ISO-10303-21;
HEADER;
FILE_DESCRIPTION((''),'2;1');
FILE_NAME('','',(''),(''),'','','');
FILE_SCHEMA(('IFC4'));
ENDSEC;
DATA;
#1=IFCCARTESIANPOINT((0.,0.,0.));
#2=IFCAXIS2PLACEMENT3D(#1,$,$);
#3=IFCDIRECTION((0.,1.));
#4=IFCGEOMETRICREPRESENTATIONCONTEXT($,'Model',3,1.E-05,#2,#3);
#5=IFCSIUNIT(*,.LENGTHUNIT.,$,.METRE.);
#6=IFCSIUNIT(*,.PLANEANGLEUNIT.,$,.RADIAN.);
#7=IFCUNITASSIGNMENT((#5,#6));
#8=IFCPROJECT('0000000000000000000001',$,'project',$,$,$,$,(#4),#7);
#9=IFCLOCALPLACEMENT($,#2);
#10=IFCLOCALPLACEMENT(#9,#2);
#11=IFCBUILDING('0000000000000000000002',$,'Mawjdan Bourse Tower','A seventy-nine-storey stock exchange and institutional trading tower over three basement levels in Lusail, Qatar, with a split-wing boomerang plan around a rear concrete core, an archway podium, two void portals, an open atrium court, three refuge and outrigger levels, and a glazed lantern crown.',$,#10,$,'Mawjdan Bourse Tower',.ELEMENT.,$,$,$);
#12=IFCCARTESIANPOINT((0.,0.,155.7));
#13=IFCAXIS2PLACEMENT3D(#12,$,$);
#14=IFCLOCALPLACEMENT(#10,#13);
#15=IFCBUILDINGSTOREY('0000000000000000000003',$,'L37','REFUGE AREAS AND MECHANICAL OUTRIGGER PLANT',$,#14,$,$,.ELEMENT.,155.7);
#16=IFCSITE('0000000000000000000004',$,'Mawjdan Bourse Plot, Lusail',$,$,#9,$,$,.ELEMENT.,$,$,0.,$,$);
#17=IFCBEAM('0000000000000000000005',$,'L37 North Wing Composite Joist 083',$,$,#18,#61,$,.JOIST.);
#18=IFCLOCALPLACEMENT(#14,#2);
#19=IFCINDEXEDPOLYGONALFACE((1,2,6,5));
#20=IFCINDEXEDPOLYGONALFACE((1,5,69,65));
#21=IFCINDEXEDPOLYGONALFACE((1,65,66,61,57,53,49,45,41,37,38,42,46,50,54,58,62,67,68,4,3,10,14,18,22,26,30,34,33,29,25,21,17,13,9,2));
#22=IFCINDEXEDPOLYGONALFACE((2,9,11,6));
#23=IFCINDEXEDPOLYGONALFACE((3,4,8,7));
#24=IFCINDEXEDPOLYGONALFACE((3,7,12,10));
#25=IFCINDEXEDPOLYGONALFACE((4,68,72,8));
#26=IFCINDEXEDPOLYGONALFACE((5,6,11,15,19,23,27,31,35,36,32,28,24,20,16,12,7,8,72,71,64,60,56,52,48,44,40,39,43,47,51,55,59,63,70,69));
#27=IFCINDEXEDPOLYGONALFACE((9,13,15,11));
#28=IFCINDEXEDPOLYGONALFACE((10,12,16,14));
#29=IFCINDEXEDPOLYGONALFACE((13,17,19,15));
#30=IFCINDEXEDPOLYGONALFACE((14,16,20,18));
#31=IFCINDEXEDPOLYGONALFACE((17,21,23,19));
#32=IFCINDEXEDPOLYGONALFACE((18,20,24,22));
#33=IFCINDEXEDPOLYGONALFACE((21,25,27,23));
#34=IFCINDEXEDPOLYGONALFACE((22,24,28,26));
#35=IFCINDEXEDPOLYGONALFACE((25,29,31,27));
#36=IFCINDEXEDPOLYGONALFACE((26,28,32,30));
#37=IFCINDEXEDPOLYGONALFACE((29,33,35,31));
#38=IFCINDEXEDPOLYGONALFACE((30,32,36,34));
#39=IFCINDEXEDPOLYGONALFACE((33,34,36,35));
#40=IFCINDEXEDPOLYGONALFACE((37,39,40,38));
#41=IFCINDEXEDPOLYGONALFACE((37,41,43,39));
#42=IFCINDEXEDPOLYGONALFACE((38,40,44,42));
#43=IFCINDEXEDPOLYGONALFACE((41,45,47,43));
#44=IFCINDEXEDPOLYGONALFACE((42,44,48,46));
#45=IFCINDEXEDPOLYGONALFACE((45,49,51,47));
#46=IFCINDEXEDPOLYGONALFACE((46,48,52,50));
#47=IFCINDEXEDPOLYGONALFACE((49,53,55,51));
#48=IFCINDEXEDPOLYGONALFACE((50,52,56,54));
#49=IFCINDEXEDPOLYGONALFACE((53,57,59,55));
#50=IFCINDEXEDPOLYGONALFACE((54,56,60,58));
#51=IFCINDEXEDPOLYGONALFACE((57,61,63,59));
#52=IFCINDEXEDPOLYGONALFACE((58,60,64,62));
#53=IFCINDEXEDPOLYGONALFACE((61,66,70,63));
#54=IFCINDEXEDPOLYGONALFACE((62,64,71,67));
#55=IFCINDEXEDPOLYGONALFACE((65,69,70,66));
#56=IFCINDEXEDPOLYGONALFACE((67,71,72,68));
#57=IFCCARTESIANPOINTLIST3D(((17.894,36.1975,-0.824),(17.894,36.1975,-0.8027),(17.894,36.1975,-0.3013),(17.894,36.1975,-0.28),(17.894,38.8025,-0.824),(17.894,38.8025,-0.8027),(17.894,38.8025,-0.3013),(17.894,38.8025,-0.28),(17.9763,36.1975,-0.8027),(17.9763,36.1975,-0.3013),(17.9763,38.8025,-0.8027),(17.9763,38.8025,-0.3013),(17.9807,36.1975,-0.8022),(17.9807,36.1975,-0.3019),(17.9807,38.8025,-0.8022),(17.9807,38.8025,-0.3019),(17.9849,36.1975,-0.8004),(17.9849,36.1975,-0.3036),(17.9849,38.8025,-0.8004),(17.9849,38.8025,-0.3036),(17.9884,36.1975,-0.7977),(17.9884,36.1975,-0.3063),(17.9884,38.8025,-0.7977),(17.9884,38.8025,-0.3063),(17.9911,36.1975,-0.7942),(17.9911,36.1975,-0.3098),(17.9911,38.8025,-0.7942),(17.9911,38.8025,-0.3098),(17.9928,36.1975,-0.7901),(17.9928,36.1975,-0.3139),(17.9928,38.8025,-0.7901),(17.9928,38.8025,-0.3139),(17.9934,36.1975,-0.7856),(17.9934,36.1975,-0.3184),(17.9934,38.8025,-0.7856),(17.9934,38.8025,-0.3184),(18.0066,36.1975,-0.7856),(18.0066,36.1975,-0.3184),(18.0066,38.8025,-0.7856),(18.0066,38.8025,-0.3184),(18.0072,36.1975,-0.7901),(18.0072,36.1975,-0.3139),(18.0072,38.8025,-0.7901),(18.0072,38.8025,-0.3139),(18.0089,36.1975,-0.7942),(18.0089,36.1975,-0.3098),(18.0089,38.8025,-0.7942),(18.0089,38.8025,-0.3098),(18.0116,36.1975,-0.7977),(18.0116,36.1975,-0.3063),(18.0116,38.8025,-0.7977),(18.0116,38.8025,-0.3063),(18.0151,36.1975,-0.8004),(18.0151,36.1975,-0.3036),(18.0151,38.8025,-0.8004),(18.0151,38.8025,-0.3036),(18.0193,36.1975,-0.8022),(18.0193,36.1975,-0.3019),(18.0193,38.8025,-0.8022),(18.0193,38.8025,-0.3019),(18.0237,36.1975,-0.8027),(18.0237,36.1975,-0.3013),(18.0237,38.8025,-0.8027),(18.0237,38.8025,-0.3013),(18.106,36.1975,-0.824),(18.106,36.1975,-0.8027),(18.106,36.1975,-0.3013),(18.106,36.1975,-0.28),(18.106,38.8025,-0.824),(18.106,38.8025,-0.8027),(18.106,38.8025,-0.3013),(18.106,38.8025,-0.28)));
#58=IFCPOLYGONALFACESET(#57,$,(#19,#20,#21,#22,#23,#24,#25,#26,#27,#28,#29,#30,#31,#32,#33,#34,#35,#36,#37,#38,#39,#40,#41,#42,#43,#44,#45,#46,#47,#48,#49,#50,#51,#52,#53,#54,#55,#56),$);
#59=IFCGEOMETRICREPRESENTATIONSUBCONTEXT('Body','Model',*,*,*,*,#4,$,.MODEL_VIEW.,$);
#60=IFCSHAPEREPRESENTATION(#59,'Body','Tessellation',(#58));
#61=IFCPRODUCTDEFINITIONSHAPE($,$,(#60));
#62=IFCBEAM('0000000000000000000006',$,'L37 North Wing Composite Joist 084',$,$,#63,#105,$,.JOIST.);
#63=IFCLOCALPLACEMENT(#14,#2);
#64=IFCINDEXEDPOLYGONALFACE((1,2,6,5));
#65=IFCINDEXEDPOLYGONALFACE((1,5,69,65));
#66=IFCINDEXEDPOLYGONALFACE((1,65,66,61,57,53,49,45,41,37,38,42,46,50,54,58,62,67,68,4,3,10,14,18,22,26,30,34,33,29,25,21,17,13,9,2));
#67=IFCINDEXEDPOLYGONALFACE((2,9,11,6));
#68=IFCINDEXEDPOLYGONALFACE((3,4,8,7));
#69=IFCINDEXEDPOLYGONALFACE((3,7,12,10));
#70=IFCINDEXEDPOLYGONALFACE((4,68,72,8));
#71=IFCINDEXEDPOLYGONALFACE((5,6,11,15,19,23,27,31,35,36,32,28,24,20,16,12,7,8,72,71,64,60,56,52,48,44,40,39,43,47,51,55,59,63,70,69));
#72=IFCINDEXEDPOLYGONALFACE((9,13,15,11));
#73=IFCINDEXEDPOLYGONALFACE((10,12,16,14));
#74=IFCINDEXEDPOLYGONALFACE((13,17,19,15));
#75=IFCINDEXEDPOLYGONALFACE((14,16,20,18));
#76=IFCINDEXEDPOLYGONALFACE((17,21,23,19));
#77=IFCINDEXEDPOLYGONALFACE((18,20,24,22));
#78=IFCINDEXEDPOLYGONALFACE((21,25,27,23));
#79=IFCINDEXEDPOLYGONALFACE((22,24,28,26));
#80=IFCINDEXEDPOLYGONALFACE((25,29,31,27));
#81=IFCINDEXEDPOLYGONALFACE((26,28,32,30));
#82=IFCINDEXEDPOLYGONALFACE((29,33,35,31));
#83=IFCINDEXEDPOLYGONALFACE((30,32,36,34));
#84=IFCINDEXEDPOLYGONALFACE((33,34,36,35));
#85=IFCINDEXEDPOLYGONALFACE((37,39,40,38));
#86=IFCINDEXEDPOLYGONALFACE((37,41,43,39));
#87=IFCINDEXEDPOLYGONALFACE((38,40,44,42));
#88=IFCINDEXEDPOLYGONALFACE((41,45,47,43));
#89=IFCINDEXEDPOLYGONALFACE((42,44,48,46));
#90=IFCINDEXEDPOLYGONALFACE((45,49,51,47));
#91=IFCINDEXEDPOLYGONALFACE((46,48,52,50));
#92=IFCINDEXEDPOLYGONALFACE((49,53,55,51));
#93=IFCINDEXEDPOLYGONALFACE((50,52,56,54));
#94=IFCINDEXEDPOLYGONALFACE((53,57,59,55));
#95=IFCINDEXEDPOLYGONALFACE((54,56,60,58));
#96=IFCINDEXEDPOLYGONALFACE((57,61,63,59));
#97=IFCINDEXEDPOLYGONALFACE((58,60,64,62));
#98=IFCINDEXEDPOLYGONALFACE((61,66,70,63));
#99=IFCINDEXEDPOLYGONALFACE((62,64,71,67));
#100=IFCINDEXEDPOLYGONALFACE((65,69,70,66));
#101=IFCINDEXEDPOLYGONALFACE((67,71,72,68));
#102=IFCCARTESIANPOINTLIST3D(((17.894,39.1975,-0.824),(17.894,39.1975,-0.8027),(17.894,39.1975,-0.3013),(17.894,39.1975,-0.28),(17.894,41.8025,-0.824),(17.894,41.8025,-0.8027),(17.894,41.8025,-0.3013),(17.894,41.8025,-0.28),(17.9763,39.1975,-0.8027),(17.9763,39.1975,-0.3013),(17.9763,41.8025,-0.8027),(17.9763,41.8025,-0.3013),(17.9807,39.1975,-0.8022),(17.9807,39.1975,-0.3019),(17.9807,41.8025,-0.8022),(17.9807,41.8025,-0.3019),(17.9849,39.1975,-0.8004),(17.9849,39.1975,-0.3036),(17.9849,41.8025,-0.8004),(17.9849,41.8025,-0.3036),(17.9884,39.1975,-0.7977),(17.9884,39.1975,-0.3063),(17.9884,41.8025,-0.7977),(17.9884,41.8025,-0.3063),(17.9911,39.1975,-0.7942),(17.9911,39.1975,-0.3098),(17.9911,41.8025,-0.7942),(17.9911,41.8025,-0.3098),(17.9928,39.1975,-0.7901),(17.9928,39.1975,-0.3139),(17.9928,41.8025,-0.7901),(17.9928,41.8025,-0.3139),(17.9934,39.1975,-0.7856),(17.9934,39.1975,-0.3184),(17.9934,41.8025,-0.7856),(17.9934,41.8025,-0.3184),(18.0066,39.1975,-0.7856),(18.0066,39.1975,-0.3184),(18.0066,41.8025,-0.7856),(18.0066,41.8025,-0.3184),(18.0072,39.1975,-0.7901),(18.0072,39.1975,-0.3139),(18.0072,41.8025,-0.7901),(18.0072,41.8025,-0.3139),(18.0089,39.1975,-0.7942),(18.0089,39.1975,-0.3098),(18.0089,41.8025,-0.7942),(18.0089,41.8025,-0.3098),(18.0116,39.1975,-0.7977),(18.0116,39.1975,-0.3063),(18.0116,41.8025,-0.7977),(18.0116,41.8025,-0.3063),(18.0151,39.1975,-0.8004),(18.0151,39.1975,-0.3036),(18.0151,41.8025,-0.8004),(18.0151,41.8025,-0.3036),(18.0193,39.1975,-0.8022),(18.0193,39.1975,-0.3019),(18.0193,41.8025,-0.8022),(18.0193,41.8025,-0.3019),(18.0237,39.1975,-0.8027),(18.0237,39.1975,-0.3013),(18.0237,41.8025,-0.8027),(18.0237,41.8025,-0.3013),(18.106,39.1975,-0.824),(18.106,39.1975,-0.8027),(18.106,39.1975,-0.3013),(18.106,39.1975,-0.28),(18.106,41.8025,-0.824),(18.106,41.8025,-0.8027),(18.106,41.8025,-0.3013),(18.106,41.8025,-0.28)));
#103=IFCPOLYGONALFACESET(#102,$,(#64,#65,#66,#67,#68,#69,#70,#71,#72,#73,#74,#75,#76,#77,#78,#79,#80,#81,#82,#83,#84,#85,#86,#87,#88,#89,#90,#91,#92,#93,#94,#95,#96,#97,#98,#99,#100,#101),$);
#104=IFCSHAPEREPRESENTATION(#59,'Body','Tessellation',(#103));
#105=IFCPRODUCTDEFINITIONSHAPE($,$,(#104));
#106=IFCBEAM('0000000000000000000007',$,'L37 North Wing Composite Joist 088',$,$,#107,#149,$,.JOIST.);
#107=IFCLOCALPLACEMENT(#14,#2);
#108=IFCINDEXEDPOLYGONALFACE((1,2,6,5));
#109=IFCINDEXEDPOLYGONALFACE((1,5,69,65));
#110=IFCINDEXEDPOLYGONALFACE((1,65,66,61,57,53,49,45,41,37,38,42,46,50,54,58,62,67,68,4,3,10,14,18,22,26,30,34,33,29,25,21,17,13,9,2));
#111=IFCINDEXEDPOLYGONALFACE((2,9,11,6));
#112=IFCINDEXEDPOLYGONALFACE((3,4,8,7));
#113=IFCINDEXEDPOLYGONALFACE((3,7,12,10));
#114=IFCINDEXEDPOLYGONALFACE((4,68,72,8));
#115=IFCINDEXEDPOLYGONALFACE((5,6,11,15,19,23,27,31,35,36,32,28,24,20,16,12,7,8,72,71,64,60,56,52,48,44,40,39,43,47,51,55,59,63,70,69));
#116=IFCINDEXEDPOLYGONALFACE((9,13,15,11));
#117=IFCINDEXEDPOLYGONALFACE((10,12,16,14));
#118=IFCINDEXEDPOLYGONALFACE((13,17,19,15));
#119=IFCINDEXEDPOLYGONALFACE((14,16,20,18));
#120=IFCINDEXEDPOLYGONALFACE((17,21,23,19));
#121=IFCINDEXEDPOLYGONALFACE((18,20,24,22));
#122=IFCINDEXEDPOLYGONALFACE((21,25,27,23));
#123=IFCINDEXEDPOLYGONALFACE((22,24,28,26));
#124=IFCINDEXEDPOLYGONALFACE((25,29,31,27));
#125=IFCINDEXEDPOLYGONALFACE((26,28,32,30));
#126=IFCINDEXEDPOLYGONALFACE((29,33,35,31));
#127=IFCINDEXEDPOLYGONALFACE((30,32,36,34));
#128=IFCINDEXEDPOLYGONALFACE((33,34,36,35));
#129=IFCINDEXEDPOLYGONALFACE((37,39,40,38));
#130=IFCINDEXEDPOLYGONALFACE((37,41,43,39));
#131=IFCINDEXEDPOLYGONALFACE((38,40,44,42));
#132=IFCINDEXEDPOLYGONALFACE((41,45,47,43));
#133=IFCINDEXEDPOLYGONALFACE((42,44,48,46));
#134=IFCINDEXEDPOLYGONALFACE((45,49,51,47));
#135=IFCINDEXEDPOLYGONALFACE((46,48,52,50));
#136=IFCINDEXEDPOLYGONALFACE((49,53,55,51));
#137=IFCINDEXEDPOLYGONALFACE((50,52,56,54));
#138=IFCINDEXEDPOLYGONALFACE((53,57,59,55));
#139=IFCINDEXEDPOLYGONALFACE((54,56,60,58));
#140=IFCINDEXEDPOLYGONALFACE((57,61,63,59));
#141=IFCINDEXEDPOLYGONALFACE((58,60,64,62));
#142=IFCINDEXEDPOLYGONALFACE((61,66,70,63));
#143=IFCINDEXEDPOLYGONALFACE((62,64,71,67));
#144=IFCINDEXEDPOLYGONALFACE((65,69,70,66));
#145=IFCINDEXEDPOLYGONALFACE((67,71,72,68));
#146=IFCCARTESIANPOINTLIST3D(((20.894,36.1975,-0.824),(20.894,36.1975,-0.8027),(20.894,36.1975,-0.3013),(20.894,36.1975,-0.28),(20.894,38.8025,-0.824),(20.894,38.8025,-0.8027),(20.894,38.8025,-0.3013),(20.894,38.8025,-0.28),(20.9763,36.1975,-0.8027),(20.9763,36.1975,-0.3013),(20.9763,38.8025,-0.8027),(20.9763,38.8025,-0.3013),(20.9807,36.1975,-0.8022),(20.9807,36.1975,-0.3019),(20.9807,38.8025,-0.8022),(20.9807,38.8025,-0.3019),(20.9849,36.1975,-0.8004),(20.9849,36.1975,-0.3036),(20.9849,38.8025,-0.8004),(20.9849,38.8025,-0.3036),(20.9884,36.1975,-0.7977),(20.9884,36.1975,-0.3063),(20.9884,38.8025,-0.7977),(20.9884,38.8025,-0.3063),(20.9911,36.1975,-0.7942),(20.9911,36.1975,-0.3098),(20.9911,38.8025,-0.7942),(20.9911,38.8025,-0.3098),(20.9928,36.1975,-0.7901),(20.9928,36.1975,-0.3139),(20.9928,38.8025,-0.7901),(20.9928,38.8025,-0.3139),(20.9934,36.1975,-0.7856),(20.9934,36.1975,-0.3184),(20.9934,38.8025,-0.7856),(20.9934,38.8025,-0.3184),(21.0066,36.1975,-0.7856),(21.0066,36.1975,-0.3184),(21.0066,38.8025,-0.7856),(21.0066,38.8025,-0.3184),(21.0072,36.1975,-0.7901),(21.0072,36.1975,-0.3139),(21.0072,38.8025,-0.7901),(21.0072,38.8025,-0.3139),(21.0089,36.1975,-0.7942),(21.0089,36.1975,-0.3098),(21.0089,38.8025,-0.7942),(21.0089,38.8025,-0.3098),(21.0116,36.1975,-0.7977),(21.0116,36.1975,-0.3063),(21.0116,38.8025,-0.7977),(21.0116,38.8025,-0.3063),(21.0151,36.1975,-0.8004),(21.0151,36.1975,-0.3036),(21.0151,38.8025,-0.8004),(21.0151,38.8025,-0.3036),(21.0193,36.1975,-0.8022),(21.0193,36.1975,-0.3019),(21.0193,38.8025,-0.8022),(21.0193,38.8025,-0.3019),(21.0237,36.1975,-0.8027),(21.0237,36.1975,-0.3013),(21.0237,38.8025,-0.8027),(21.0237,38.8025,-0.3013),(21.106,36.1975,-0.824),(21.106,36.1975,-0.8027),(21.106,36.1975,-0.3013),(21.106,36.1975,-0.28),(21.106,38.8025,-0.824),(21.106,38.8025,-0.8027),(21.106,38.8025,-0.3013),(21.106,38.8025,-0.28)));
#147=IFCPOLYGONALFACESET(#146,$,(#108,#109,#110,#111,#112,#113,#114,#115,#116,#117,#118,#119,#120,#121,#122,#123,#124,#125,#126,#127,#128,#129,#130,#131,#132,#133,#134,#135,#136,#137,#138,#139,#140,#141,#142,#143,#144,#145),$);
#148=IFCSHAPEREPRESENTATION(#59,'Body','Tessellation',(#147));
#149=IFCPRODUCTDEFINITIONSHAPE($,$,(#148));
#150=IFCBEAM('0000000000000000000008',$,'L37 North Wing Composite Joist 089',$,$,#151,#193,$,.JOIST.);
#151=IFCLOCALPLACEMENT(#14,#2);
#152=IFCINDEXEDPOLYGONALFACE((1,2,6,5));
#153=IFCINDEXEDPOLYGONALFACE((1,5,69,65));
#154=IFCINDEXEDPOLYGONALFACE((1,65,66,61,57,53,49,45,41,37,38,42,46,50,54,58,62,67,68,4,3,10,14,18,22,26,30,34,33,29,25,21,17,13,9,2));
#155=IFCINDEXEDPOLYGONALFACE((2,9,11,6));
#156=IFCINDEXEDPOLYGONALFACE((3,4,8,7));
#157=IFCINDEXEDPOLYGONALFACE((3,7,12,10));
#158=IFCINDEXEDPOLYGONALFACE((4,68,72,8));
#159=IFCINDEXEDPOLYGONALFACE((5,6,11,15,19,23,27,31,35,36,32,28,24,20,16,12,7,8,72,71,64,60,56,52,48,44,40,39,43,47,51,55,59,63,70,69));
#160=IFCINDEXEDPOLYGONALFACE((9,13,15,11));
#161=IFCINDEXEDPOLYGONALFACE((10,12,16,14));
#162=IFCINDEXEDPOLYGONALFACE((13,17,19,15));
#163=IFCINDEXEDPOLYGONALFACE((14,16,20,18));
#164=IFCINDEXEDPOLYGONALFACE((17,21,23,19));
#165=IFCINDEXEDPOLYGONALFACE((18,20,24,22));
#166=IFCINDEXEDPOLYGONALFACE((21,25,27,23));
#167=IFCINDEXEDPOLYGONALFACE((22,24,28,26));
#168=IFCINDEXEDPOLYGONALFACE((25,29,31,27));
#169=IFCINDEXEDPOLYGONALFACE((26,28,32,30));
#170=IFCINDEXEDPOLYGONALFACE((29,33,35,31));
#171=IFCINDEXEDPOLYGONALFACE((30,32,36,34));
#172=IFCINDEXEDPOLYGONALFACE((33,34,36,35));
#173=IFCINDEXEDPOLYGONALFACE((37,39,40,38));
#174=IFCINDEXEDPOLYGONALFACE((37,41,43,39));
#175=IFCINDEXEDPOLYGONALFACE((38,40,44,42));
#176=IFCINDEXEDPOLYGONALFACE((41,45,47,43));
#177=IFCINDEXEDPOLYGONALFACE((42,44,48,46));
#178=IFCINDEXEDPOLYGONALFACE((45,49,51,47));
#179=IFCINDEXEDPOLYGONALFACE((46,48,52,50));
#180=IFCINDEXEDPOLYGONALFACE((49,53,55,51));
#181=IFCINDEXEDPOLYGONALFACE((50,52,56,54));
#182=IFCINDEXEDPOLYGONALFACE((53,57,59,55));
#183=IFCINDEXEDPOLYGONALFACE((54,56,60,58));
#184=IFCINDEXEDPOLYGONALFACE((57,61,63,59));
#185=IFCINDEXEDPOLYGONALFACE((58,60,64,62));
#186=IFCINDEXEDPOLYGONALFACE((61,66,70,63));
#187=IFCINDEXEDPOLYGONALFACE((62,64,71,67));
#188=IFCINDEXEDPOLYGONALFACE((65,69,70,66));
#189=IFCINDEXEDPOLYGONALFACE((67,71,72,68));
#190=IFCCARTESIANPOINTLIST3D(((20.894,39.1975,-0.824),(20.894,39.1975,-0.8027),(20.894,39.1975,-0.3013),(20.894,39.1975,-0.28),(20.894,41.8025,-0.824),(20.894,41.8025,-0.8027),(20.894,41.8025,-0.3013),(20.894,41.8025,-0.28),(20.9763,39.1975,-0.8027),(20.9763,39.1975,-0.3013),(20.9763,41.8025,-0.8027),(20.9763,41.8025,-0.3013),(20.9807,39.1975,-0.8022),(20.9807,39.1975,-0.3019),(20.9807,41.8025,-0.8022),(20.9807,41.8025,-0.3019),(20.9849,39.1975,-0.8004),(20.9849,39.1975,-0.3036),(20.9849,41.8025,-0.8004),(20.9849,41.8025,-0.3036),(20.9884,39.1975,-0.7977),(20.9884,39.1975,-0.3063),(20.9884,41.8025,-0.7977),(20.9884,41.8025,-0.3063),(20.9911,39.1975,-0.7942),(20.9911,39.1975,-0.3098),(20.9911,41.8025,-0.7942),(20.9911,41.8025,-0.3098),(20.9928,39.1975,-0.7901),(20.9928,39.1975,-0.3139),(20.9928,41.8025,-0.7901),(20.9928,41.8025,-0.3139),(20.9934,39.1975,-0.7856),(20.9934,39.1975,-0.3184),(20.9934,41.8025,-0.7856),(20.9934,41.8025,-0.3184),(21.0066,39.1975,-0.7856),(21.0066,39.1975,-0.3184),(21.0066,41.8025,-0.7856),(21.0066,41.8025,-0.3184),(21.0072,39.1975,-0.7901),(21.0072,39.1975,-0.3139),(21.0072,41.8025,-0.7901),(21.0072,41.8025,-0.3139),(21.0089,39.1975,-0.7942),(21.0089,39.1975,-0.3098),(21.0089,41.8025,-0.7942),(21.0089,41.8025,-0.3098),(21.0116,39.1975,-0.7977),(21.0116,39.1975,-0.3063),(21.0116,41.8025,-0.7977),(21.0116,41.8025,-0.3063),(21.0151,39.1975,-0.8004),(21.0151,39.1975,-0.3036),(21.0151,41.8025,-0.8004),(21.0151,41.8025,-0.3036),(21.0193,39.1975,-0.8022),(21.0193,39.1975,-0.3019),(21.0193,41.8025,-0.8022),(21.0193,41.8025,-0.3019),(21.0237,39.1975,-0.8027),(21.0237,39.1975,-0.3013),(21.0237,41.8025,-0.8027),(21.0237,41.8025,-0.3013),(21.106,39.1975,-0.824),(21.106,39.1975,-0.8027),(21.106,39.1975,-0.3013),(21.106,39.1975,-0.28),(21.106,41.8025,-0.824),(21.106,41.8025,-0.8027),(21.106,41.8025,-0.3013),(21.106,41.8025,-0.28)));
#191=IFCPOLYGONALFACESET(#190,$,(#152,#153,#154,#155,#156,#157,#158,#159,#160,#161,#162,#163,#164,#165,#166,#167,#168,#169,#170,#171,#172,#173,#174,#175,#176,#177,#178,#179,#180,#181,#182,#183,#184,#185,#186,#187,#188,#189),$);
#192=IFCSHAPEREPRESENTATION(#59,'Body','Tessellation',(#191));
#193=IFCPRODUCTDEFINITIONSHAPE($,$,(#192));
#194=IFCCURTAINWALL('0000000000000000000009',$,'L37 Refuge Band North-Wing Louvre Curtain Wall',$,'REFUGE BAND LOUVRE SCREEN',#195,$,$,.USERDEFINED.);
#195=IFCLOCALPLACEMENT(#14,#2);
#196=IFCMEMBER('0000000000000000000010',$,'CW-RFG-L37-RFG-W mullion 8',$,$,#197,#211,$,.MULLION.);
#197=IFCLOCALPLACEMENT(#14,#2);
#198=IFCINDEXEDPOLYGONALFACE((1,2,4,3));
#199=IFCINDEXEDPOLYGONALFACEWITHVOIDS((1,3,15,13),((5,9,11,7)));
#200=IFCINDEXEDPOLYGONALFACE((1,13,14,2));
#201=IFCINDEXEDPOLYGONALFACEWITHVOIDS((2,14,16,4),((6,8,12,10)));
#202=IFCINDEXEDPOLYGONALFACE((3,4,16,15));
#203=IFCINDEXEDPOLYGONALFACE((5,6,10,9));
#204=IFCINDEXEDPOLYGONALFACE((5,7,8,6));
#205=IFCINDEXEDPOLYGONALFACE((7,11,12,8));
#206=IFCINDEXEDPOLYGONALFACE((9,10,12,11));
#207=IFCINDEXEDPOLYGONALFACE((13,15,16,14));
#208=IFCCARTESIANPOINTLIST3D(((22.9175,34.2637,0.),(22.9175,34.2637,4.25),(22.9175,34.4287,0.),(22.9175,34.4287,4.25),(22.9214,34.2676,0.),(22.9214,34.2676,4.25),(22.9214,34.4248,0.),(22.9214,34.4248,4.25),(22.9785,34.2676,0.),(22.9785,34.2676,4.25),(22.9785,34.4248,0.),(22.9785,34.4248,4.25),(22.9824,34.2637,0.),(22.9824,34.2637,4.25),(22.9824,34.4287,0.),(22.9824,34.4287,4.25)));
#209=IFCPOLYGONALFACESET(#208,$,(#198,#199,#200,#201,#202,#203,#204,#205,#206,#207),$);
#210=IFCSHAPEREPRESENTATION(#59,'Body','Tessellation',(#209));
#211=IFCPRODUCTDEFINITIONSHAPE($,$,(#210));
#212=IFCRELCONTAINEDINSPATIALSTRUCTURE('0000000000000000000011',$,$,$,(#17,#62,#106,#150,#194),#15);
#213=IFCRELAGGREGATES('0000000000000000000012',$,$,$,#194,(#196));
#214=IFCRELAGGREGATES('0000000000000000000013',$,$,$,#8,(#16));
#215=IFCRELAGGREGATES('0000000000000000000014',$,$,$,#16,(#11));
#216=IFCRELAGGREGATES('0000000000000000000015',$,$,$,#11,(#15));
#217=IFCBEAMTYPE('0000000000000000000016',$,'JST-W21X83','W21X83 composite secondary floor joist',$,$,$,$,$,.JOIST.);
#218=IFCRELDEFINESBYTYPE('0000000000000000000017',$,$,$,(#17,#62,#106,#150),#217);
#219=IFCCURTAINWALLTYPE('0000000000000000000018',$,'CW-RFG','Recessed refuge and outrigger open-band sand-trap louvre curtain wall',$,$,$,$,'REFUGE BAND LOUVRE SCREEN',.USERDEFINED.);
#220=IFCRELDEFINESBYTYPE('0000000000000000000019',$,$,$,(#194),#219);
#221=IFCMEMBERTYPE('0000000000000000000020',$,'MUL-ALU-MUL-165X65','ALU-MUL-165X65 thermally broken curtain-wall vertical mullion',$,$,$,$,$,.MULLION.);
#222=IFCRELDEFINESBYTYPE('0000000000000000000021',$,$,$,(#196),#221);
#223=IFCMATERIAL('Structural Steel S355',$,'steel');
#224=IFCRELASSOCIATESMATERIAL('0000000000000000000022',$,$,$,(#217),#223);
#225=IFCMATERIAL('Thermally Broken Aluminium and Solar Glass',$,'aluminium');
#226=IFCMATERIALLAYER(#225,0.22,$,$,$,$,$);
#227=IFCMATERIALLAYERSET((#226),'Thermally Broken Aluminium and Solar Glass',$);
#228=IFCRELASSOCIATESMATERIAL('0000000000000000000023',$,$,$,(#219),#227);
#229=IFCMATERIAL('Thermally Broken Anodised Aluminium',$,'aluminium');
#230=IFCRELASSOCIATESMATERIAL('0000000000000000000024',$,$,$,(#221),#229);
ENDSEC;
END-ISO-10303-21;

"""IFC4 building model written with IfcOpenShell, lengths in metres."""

from ifc_helpers import new_model, si_unit, direction, frame, origin, origin_2d, place, context, subcontext, project, spatial, hollow_rectangle, i_section, extrude, material, layer, layer_set, material_profile, profile_set, type_object, element, aggregate, save


model = new_model("IFC4")

# Units and contexts
model_context = context("Model", 3, precision=1e-05, world=origin(), true_north=direction((0.0, 1.0)))
body_context = subcontext(model_context, "Body", "Model", "MODEL_VIEW")
ifc_project = project(units=[si_unit("LENGTHUNIT", "METRE"), si_unit("PLANEANGLEUNIT", "RADIAN")], contexts=[model_context])

# Site, building, storey
site_placement = place(None, origin())
site = spatial("IfcSite", under=ifc_project, at=site_placement, Name="Mawjdan Bourse Plot, Lusail", CompositionType="ELEMENT", RefElevation=0.0)
building_placement = place(site_placement, origin())
building = spatial("IfcBuilding", under=site, at=building_placement, Name="Mawjdan Bourse Tower", Description="A seventy-nine-storey stock exchange and institutional trading tower over three basement levels in Lusail, Qatar, with a split-wing boomerang plan around a rear concrete core, an archway podium, two void portals, an open atrium court, three refuge and outrigger levels, and a glazed lantern crown.", LongName="Mawjdan Bourse Tower", CompositionType="ELEMENT")
storey_placement = place(building_placement, frame((0.0, 0.0, 155.7)))
storey = spatial("IfcBuildingStorey", under=building, at=storey_placement, Name="L37", Description="REFUGE AREAS AND MECHANICAL OUTRIGGER PLANT", CompositionType="ELEMENT", Elevation=155.7)

# Beams
ifc_material_1 = material(Name="Structural Steel S355", Category="steel")
ifc_material_profile_1 = material_profile(ifc_material_1, i_section(OverallWidth=0.2119, OverallDepth=0.5439, WebThickness=0.0132, FlangeThickness=0.0212, FilletRadius=0.0171, at=origin_2d()), Name="W21X83")
ifc_profile_set_1 = profile_set([ifc_material_profile_1], Name="Structural Steel S355")
beam_type_1 = type_object("IfcBeamType", Name="JST-W21X83", Description="W21X83 composite secondary floor joist", PredefinedType="JOIST", material=ifc_profile_set_1)
for number, where, z_axis, x_axis, name in (
    (1, (18.0, 36.1975, -0.552), (0.0, 1.0, 0.0), (-1.0, 0.0, 0.0), "L37 North Wing Composite Joist 083"),
    (2, (18.0, 39.1975, -0.552), (0.0, 1.0, 0.0), (-1.0, 0.0, 0.0), "L37 North Wing Composite Joist 084"),
    (3, (21.0, 36.1975, -0.552), (0.0, 1.0, 0.0), (-1.0, 0.0, 0.0), "L37 North Wing Composite Joist 088"),
    (4, (21.0, 39.1975, -0.552), (0.0, 1.0, 0.0), (-1.0, 0.0, 0.0), "L37 North Wing Composite Joist 089"),
):
    element("IfcBeam", number, at=place(storey_placement, frame(where, z_axis=z_axis, x_axis=x_axis)), inside=storey, type_object=beam_type_1, Name=name, PredefinedType="JOIST", context=body_context, shape_type="SweptSolid", body=[
        extrude(i_section(OverallWidth=0.2119, OverallDepth=0.5439, WebThickness=0.0132, FlangeThickness=0.0212, FilletRadius=0.0171, at=origin_2d()), origin(), (0.0, 0.0, 1.0), 2.605),
    ])

# Curtain wall, member
ifc_material_2 = material(Name="Thermally Broken Aluminium and Solar Glass", Category="aluminium")
ifc_layer_1 = layer(ifc_material_2, 0.22)
ifc_layer_set_1 = layer_set([ifc_layer_1], Name="Thermally Broken Aluminium and Solar Glass")
curtain_wall_type = type_object("IfcCurtainWallType", Name="CW-RFG", Description="Recessed refuge and outrigger open-band sand-trap louvre curtain wall", ElementType="REFUGE BAND LOUVRE SCREEN", PredefinedType="USERDEFINED", material=ifc_layer_set_1)
curtain_wall_placement = place(storey_placement, origin())
curtain_wall = element("IfcCurtainWall", 5, at=curtain_wall_placement, inside=storey, type_object=curtain_wall_type, Name="L37 Refuge Band North-Wing Louvre Curtain Wall", ObjectType="REFUGE BAND LOUVRE SCREEN", PredefinedType="USERDEFINED")
ifc_material_3 = material(Name="Thermally Broken Anodised Aluminium", Category="aluminium")
ifc_material_profile_2 = material_profile(ifc_material_3, hollow_rectangle(XDim=0.0649, YDim=0.165, WallThickness=0.0039, at=origin_2d()), Name="ALU-MUL-165X65")
ifc_profile_set_2 = profile_set([ifc_material_profile_2], Name="Thermally Broken Anodised Aluminium")
member_type_1 = type_object("IfcMemberType", Name="MUL-ALU-MUL-165X65", Description="ALU-MUL-165X65 thermally broken curtain-wall vertical mullion", PredefinedType="MULLION", material=ifc_profile_set_2)
member_1_placement = place(storey_placement, frame((22.95, 34.3462, 0.0), z_axis=(0.0, 0.0, 1.0), x_axis=(-1.0, 0.0, 0.0)))
member_1 = element("IfcMember", 6, at=member_1_placement, type_object=member_type_1, Name="CW-RFG-L37-RFG-W mullion 8", PredefinedType="MULLION", context=body_context, shape_type="SweptSolid", body=[
    extrude(hollow_rectangle(XDim=0.0649, YDim=0.165, WallThickness=0.0039, at=origin_2d()), origin(), (0.0, 0.0, 1.0), 4.25),
])

aggregate(curtain_wall, [member_1])

save(model, "model.ifc")
